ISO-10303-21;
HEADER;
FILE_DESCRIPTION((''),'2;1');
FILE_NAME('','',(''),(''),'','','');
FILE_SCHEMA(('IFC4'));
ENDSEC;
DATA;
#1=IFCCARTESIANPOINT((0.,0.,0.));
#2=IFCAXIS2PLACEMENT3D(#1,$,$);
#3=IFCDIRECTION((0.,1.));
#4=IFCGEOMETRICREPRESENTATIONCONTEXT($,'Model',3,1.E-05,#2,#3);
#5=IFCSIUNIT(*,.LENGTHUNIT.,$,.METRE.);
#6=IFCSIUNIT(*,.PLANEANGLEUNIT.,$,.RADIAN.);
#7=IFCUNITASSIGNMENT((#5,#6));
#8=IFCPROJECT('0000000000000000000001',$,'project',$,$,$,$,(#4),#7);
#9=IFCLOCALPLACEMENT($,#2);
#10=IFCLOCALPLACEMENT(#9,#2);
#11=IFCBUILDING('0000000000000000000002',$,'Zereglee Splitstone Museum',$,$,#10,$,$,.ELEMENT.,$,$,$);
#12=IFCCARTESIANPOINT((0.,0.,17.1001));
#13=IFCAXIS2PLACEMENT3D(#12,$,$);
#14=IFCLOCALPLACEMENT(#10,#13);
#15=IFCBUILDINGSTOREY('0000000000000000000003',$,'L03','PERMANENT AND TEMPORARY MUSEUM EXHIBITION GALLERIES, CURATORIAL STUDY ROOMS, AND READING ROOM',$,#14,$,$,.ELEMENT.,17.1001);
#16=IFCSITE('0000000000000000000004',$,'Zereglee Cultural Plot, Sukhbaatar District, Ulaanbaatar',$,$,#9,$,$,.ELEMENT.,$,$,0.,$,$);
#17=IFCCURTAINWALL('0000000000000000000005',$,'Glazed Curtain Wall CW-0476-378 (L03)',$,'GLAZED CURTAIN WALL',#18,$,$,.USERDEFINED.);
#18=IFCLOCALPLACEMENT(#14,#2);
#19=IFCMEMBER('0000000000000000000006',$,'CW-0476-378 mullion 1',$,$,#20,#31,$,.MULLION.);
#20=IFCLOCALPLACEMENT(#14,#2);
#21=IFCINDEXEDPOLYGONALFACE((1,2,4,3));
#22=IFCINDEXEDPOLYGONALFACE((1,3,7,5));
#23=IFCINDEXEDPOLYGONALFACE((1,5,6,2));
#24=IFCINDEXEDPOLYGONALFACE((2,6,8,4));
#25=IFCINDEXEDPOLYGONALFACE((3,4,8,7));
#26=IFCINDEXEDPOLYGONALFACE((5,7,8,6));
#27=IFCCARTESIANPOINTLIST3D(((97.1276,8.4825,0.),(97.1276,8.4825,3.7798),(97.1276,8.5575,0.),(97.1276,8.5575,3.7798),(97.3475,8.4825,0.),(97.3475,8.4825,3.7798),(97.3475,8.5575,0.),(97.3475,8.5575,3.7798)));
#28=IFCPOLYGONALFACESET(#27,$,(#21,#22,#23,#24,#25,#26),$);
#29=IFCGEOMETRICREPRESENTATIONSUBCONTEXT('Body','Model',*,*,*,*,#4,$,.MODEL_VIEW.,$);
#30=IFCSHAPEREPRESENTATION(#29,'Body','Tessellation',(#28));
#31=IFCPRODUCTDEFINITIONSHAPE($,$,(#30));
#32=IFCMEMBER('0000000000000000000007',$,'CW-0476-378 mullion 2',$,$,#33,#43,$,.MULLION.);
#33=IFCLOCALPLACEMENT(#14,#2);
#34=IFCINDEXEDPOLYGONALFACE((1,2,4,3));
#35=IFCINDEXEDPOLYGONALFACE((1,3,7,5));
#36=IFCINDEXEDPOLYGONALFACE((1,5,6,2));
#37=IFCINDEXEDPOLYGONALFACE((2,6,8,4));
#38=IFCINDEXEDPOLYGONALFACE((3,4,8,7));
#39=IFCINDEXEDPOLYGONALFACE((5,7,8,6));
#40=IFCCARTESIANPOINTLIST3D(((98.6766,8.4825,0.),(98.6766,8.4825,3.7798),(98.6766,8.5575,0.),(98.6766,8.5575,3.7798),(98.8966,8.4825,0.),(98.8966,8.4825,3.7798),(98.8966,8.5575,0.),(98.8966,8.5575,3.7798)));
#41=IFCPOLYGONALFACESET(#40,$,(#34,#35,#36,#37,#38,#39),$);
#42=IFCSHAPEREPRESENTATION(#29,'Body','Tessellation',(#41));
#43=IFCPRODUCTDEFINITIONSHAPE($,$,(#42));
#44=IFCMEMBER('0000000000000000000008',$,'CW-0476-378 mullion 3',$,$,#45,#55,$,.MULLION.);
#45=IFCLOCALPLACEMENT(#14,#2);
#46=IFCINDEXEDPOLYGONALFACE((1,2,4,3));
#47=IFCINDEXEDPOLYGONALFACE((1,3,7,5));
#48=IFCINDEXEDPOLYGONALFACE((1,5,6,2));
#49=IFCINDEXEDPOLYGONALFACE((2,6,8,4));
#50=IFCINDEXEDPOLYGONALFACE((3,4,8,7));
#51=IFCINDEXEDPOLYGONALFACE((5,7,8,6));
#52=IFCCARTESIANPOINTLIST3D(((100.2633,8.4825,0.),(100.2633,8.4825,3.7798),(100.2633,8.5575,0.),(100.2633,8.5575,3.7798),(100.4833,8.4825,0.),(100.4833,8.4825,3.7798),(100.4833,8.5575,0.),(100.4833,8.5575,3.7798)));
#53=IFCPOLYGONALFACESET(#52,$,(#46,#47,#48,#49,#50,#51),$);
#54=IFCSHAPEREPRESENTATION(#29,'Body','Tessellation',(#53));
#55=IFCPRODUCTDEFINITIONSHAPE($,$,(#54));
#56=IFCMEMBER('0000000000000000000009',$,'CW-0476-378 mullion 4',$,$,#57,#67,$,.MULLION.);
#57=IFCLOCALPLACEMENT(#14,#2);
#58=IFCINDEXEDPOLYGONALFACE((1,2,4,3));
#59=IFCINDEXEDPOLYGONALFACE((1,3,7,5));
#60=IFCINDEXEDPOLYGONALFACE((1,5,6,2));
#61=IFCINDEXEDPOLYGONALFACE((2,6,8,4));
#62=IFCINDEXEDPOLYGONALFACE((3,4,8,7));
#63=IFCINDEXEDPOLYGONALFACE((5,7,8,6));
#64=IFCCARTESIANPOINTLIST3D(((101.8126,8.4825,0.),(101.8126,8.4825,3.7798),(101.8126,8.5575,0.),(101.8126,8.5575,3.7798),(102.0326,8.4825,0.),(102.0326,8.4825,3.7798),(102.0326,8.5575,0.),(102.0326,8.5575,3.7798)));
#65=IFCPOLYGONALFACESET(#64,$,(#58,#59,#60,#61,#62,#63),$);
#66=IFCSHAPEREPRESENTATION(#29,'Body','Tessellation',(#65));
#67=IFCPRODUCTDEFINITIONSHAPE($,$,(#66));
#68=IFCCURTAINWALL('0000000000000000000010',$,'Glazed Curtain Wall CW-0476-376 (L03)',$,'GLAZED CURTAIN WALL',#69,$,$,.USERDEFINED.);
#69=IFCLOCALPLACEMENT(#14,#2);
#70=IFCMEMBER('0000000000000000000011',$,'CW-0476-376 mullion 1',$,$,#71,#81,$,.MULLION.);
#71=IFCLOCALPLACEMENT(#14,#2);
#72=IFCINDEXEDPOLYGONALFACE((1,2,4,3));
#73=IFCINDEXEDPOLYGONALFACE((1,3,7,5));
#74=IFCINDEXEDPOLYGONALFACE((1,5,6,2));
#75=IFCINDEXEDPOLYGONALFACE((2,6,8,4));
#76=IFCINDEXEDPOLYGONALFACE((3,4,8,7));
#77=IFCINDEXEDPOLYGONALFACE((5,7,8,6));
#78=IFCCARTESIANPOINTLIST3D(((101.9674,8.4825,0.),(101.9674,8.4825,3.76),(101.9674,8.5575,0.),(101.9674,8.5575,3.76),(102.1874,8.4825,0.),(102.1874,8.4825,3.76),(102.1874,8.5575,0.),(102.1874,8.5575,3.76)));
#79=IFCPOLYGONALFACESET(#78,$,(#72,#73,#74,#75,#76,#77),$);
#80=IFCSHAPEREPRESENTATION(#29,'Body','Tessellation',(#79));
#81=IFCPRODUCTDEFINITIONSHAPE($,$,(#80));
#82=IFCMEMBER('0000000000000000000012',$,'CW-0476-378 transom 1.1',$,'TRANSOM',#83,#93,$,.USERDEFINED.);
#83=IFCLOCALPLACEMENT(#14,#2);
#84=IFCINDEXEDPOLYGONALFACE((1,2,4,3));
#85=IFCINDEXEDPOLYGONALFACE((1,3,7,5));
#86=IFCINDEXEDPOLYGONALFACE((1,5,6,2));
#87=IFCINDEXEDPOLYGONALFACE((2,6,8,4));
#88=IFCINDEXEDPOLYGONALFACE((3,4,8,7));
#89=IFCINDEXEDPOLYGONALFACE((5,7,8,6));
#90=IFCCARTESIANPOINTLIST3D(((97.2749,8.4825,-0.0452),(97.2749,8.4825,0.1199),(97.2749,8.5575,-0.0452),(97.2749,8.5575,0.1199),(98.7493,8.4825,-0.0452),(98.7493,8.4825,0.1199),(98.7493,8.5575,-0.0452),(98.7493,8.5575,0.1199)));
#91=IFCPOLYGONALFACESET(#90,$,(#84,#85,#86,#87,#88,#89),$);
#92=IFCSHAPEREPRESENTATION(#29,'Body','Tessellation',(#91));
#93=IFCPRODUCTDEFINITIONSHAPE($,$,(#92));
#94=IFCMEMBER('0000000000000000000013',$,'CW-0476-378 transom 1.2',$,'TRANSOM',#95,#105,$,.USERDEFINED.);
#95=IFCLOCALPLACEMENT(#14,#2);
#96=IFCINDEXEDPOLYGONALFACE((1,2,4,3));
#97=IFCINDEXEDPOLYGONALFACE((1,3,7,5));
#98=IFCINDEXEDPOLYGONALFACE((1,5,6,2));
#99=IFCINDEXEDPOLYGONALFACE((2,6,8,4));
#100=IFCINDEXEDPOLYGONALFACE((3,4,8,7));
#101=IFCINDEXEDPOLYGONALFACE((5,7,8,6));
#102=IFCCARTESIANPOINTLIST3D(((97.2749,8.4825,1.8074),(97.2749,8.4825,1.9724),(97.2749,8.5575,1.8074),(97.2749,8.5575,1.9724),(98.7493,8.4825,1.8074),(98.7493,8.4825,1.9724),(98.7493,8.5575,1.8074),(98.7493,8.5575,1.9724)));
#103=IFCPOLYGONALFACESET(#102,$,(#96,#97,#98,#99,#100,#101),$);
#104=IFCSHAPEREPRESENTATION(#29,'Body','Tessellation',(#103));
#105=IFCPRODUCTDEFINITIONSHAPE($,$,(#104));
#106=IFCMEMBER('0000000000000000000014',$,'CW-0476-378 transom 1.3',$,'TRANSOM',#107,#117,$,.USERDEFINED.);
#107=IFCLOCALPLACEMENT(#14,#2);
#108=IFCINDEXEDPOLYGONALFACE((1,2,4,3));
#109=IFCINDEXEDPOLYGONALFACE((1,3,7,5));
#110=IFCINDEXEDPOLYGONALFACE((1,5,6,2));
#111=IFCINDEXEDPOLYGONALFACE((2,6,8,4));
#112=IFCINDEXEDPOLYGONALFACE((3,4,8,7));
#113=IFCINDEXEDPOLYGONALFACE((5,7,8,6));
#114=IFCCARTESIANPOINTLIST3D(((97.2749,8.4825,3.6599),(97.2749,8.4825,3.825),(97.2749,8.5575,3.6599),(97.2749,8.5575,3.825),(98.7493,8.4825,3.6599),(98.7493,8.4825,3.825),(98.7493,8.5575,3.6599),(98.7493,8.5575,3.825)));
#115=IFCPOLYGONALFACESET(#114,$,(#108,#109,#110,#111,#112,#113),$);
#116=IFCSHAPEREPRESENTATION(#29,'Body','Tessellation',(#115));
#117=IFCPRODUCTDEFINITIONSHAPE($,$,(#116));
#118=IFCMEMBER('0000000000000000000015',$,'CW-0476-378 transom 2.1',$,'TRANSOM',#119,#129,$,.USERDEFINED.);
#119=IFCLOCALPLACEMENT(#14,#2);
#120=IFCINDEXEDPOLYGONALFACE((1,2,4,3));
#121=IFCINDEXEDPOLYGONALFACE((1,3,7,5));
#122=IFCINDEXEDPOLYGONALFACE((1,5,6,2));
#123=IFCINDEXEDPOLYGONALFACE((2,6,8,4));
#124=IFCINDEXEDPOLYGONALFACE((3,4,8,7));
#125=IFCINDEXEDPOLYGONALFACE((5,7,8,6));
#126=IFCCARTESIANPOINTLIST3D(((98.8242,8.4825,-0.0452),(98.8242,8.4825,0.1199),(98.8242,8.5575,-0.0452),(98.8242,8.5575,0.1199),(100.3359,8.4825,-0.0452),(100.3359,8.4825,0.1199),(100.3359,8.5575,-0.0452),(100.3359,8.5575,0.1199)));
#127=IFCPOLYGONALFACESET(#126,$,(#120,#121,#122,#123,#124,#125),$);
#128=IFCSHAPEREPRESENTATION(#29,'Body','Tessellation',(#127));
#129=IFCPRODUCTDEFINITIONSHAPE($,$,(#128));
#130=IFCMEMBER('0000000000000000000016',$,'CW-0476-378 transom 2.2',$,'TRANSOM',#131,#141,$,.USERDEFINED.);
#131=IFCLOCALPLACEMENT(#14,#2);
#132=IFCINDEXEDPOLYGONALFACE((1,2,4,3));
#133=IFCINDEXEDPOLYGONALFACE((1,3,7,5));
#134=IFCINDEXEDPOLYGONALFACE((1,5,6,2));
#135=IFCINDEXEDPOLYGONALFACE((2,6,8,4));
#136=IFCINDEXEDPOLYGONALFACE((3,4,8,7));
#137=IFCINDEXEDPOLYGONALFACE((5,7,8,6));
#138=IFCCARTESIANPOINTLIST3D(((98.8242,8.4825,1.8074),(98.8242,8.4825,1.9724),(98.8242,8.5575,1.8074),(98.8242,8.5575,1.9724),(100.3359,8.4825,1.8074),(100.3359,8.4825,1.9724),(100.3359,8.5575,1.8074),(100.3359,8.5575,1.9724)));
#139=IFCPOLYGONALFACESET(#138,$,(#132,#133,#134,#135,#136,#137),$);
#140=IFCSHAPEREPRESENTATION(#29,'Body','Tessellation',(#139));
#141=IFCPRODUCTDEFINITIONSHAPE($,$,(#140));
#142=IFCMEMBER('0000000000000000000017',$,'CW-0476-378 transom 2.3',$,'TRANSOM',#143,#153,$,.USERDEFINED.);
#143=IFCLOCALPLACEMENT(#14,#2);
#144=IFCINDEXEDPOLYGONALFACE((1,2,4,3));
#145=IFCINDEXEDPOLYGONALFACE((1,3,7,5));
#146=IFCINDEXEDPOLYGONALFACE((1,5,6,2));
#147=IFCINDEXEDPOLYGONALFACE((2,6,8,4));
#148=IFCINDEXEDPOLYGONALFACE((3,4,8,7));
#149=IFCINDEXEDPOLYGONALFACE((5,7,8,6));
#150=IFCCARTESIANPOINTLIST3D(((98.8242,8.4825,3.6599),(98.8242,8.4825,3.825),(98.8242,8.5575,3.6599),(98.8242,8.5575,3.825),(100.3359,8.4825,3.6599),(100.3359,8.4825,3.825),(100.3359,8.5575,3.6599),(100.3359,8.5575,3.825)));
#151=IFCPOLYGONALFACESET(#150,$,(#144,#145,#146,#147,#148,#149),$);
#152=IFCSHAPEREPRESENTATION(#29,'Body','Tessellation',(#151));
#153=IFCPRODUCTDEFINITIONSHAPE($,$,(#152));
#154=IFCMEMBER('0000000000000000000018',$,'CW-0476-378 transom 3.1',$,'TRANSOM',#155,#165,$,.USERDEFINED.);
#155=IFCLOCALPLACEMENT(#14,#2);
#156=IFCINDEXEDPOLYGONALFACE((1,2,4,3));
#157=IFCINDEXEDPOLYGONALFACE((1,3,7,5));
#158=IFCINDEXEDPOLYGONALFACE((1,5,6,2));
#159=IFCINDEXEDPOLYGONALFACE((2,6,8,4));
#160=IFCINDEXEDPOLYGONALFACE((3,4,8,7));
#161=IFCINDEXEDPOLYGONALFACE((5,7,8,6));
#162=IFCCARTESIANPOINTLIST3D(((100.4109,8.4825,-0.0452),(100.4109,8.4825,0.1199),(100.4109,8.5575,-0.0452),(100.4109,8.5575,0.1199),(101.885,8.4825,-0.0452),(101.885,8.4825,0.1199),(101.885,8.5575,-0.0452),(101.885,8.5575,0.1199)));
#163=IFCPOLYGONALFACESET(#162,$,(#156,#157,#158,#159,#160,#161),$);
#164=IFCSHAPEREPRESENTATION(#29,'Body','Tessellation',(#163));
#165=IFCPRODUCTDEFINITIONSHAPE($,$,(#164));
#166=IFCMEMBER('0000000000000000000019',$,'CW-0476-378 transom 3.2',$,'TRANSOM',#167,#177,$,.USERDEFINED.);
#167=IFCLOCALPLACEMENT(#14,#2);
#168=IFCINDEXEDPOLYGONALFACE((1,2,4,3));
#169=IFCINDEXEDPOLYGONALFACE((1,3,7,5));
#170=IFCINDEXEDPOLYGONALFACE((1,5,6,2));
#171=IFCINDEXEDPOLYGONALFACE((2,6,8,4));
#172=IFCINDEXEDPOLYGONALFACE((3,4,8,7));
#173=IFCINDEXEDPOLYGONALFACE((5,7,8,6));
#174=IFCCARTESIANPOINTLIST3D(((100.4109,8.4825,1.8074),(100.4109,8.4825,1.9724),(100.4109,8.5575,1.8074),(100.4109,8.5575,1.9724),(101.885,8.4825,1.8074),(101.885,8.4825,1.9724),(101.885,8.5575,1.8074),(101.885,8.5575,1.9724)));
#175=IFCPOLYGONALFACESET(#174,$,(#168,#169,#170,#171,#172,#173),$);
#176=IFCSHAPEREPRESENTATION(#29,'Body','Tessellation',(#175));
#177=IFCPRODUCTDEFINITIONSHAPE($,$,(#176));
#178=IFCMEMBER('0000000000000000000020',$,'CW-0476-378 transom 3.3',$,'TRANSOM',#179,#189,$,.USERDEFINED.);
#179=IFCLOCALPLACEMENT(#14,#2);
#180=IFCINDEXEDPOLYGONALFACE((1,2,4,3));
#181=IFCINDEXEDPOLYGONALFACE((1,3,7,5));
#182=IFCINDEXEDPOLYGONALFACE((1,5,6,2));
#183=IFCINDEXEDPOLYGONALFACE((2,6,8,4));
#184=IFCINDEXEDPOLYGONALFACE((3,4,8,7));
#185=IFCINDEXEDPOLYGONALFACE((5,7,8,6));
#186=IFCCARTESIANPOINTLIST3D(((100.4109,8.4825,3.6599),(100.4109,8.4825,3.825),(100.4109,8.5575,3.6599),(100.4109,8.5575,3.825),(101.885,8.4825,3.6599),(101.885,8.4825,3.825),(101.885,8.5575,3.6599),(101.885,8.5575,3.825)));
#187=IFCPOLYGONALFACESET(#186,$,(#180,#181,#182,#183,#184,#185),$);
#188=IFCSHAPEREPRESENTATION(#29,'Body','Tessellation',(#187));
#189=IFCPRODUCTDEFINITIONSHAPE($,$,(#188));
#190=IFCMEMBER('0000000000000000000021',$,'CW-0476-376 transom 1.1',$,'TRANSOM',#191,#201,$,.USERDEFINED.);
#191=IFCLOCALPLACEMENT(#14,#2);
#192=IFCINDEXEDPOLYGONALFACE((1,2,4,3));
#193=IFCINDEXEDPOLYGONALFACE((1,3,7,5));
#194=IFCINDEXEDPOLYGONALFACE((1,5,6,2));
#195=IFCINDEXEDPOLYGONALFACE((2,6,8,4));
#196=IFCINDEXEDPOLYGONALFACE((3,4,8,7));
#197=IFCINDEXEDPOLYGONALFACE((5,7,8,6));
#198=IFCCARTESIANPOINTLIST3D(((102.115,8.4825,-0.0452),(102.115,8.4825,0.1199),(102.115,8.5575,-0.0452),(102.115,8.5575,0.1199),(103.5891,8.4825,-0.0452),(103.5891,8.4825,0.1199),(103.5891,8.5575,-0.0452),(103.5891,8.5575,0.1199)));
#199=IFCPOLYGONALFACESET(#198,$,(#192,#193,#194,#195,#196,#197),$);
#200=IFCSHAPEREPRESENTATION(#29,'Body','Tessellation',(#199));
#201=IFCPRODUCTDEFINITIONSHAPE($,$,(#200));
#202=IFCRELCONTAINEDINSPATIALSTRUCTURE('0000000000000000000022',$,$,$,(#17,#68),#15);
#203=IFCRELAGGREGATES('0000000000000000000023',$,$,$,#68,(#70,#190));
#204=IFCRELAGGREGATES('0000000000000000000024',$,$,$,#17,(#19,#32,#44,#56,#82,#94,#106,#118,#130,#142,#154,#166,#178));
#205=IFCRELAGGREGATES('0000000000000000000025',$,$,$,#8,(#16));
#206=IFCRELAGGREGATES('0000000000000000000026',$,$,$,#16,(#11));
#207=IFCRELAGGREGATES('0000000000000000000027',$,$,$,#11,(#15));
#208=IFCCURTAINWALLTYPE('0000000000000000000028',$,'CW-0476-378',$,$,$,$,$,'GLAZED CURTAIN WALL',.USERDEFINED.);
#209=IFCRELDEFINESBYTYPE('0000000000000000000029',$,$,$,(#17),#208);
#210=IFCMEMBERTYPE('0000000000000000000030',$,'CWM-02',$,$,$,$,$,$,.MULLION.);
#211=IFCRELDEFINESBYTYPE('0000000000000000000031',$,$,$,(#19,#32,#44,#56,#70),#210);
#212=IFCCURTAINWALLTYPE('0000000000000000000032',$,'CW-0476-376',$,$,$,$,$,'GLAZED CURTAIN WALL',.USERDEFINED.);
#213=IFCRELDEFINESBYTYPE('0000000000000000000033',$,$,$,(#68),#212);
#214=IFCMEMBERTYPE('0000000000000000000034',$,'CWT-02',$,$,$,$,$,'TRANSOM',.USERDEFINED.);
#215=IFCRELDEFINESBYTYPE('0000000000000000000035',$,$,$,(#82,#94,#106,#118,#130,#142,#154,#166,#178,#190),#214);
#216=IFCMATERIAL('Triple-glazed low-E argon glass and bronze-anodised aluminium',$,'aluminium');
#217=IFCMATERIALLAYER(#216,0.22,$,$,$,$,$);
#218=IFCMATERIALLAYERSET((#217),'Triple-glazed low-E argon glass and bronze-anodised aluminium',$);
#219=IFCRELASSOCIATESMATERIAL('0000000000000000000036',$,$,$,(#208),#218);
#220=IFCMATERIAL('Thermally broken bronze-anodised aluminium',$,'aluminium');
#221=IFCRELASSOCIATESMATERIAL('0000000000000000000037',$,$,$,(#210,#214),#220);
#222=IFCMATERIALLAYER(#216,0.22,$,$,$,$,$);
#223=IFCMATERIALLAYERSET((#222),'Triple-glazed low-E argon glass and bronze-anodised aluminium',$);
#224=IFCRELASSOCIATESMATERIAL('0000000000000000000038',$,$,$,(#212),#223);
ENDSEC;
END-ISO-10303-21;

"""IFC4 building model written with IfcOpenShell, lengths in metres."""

from ifc_helpers import new_model, si_unit, direction, frame, origin, origin_2d, place, context, subcontext, project, spatial, rectangle, extrude, material, layer, layer_set, material_profile, profile_set, type_object, element, aggregate, save


model = new_model("IFC4")

# Units and contexts
model_context = context("Model", 3, precision=1e-05, world=origin(), true_north=direction((0.0, 1.0)))
body_context = subcontext(model_context, "Body", "Model", "MODEL_VIEW")
ifc_project = project(units=[si_unit("LENGTHUNIT", "METRE"), si_unit("PLANEANGLEUNIT", "RADIAN")], contexts=[model_context])

# Site, building, storey
site_placement = place(None, origin())
site = spatial("IfcSite", under=ifc_project, at=site_placement, Name="Zereglee Cultural Plot, Sukhbaatar District, Ulaanbaatar", CompositionType="ELEMENT", RefElevation=0.0)
building_placement = place(site_placement, origin())
building = spatial("IfcBuilding", under=site, at=building_placement, Name="Zereglee Splitstone Museum", CompositionType="ELEMENT")
storey_placement = place(building_placement, frame((0.0, 0.0, 17.1001)))
storey = spatial("IfcBuildingStorey", under=building, at=storey_placement, Name="L03", Description="PERMANENT AND TEMPORARY MUSEUM EXHIBITION GALLERIES, CURATORIAL STUDY ROOMS, AND READING ROOM", CompositionType="ELEMENT", Elevation=17.1001)

# Curtain wall, members
ifc_material_1 = material(Name="Triple-glazed low-E argon glass and bronze-anodised aluminium", Category="aluminium")
ifc_layer_1 = layer(ifc_material_1, 0.22)
ifc_layer_set_1 = layer_set([ifc_layer_1], Name="Triple-glazed low-E argon glass and bronze-anodised aluminium")
curtain_wall_type_1 = type_object("IfcCurtainWallType", Name="CW-0476-378", ElementType="GLAZED CURTAIN WALL", PredefinedType="USERDEFINED", material=ifc_layer_set_1)
curtain_wall_1_placement = place(storey_placement, origin())
curtain_wall_1 = element("IfcCurtainWall", 1, at=curtain_wall_1_placement, inside=storey, type_object=curtain_wall_type_1, Name="Glazed Curtain Wall CW-0476-378 (L03)", ObjectType="GLAZED CURTAIN WALL", PredefinedType="USERDEFINED")
ifc_material_2 = material(Name="Thermally broken bronze-anodised aluminium", Category="aluminium")
ifc_material_profile_1 = material_profile(ifc_material_2, rectangle(XDim=0.075, YDim=0.22, at=origin_2d()), Name="CW MULL 75x220")
ifc_profile_set_1 = profile_set([ifc_material_profile_1], Name="Thermally broken bronze-anodised aluminium")
member_type_1 = type_object("IfcMemberType", Name="CWM-02", PredefinedType="MULLION", material=ifc_profile_set_1)
member_1_placement = place(storey_placement, frame((97.2375, 8.52, 0.0), z_axis=(0.0, 0.0, 1.0), x_axis=(0.0, 1.0, 0.0)))
member_1 = element("IfcMember", 2, at=member_1_placement, type_object=member_type_1, Name="CW-0476-378 mullion 1", PredefinedType="MULLION", context=body_context, shape_type="SweptSolid", body=[
    extrude(rectangle(XDim=0.075, YDim=0.22, at=origin_2d()), origin(), (0.0, 0.0, 1.0), 3.7798),
])
member_2_placement = place(storey_placement, frame((98.7866, 8.52, 0.0), z_axis=(0.0, 0.0, 1.0), x_axis=(0.0, 1.0, 0.0)))
member_2 = element("IfcMember", 3, at=member_2_placement, type_object=member_type_1, Name="CW-0476-378 mullion 2", PredefinedType="MULLION", context=body_context, shape_type="SweptSolid", body=[
    extrude(rectangle(XDim=0.075, YDim=0.22, at=origin_2d()), origin(), (0.0, 0.0, 1.0), 3.7798),
])
member_3_placement = place(storey_placement, frame((100.3733, 8.52, 0.0), z_axis=(0.0, 0.0, 1.0), x_axis=(0.0, 1.0, 0.0)))
member_3 = element("IfcMember", 4, at=member_3_placement, type_object=member_type_1, Name="CW-0476-378 mullion 3", PredefinedType="MULLION", context=body_context, shape_type="SweptSolid", body=[
    extrude(rectangle(XDim=0.075, YDim=0.22, at=origin_2d()), origin(), (0.0, 0.0, 1.0), 3.7798),
])
member_4_placement = place(storey_placement, frame((101.9226, 8.52, 0.0), z_axis=(0.0, 0.0, 1.0), x_axis=(0.0, 1.0, 0.0)))
member_4 = element("IfcMember", 5, at=member_4_placement, type_object=member_type_1, Name="CW-0476-378 mullion 4", PredefinedType="MULLION", context=body_context, shape_type="SweptSolid", body=[
    extrude(rectangle(XDim=0.075, YDim=0.22, at=origin_2d()), origin(), (0.0, 0.0, 1.0), 3.7798),
])

# Curtain wall, member
ifc_layer_2 = layer(ifc_material_1, 0.22)
ifc_layer_set_2 = layer_set([ifc_layer_2], Name="Triple-glazed low-E argon glass and bronze-anodised aluminium")
curtain_wall_type_2 = type_object("IfcCurtainWallType", Name="CW-0476-376", ElementType="GLAZED CURTAIN WALL", PredefinedType="USERDEFINED", material=ifc_layer_set_2)
curtain_wall_2_placement = place(storey_placement, origin())
curtain_wall_2 = element("IfcCurtainWall", 6, at=curtain_wall_2_placement, inside=storey, type_object=curtain_wall_type_2, Name="Glazed Curtain Wall CW-0476-376 (L03)", ObjectType="GLAZED CURTAIN WALL", PredefinedType="USERDEFINED")
member_5_placement = place(storey_placement, frame((102.0774, 8.52, 0.0), z_axis=(0.0, 0.0, 1.0), x_axis=(0.0, 1.0, 0.0)))
member_5 = element("IfcMember", 7, at=member_5_placement, type_object=member_type_1, Name="CW-0476-376 mullion 1", PredefinedType="MULLION", context=body_context, shape_type="SweptSolid", body=[
    extrude(rectangle(XDim=0.075, YDim=0.22, at=origin_2d()), origin(), (0.0, 0.0, 1.0), 3.76),
])

# Members
ifc_material_profile_2 = material_profile(ifc_material_2, rectangle(XDim=0.075, YDim=0.165, at=origin_2d()), Name="CW TRAN 75x165")
ifc_profile_set_2 = profile_set([ifc_material_profile_2], Name="Thermally broken bronze-anodised aluminium")
member_type_2 = type_object("IfcMemberType", Name="CWT-02", ElementType="TRANSOM", PredefinedType="USERDEFINED", material=ifc_profile_set_2)
member_6_placement = place(storey_placement, frame((97.2749, 8.52, 0.0374), z_axis=(1.0, 0.0, 0.0), x_axis=(0.0, 1.0, 0.0)))
member_6 = element("IfcMember", 8, at=member_6_placement, type_object=member_type_2, Name="CW-0476-378 transom 1.1", ObjectType="TRANSOM", PredefinedType="USERDEFINED", context=body_context, shape_type="SweptSolid", body=[
    extrude(rectangle(XDim=0.075, YDim=0.165, at=origin_2d()), origin(), (0.0, 0.0, 1.0), 1.4744),
])
member_7_placement = place(storey_placement, frame((97.2749, 8.52, 1.8899), z_axis=(1.0, 0.0, 0.0), x_axis=(0.0, 1.0, 0.0)))
member_7 = element("IfcMember", 9, at=member_7_placement, type_object=member_type_2, Name="CW-0476-378 transom 1.2", ObjectType="TRANSOM", PredefinedType="USERDEFINED", context=body_context, shape_type="SweptSolid", body=[
    extrude(rectangle(XDim=0.075, YDim=0.165, at=origin_2d()), origin(), (0.0, 0.0, 1.0), 1.4744),
])
member_8_placement = place(storey_placement, frame((97.2749, 8.52, 3.7424), z_axis=(1.0, 0.0, 0.0), x_axis=(0.0, 1.0, 0.0)))
member_8 = element("IfcMember", 10, at=member_8_placement, type_object=member_type_2, Name="CW-0476-378 transom 1.3", ObjectType="TRANSOM", PredefinedType="USERDEFINED", context=body_context, shape_type="SweptSolid", body=[
    extrude(rectangle(XDim=0.075, YDim=0.165, at=origin_2d()), origin(), (0.0, 0.0, 1.0), 1.4744),
])
member_9_placement = place(storey_placement, frame((98.8242, 8.52, 0.0374), z_axis=(1.0, 0.0, 0.0), x_axis=(0.0, 1.0, 0.0)))
member_9 = element("IfcMember", 11, at=member_9_placement, type_object=member_type_2, Name="CW-0476-378 transom 2.1", ObjectType="TRANSOM", PredefinedType="USERDEFINED", context=body_context, shape_type="SweptSolid", body=[
    extrude(rectangle(XDim=0.075, YDim=0.165, at=origin_2d()), origin(), (0.0, 0.0, 1.0), 1.5117),
])
member_10_placement = place(storey_placement, frame((98.8242, 8.52, 1.8899), z_axis=(1.0, 0.0, 0.0), x_axis=(0.0, 1.0, 0.0)))
member_10 = element("IfcMember", 12, at=member_10_placement, type_object=member_type_2, Name="CW-0476-378 transom 2.2", ObjectType="TRANSOM", PredefinedType="USERDEFINED", context=body_context, shape_type="SweptSolid", body=[
    extrude(rectangle(XDim=0.075, YDim=0.165, at=origin_2d()), origin(), (0.0, 0.0, 1.0), 1.5117),
])
member_11_placement = place(storey_placement, frame((98.8242, 8.52, 3.7424), z_axis=(1.0, 0.0, 0.0), x_axis=(0.0, 1.0, 0.0)))
member_11 = element("IfcMember", 13, at=member_11_placement, type_object=member_type_2, Name="CW-0476-378 transom 2.3", ObjectType="TRANSOM", PredefinedType="USERDEFINED", context=body_context, shape_type="SweptSolid", body=[
    extrude(rectangle(XDim=0.075, YDim=0.165, at=origin_2d()), origin(), (0.0, 0.0, 1.0), 1.5117),
])
member_12_placement = place(storey_placement, frame((100.4109, 8.52, 0.0374), z_axis=(1.0, 0.0, 0.0), x_axis=(0.0, 1.0, 0.0)))
member_12 = element("IfcMember", 14, at=member_12_placement, type_object=member_type_2, Name="CW-0476-378 transom 3.1", ObjectType="TRANSOM", PredefinedType="USERDEFINED", context=body_context, shape_type="SweptSolid", body=[
    extrude(rectangle(XDim=0.075, YDim=0.165, at=origin_2d()), origin(), (0.0, 0.0, 1.0), 1.4741),
])
member_13_placement = place(storey_placement, frame((100.4109, 8.52, 1.8899), z_axis=(1.0, 0.0, 0.0), x_axis=(0.0, 1.0, 0.0)))
member_13 = element("IfcMember", 15, at=member_13_placement, type_object=member_type_2, Name="CW-0476-378 transom 3.2", ObjectType="TRANSOM", PredefinedType="USERDEFINED", context=body_context, shape_type="SweptSolid", body=[
    extrude(rectangle(XDim=0.075, YDim=0.165, at=origin_2d()), origin(), (0.0, 0.0, 1.0), 1.4741),
])
member_14_placement = place(storey_placement, frame((100.4109, 8.52, 3.7424), z_axis=(1.0, 0.0, 0.0), x_axis=(0.0, 1.0, 0.0)))
member_14 = element("IfcMember", 16, at=member_14_placement, type_object=member_type_2, Name="CW-0476-378 transom 3.3", ObjectType="TRANSOM", PredefinedType="USERDEFINED", context=body_context, shape_type="SweptSolid", body=[
    extrude(rectangle(XDim=0.075, YDim=0.165, at=origin_2d()), origin(), (0.0, 0.0, 1.0), 1.4741),
])
member_15_placement = place(storey_placement, frame((102.115, 8.52, 0.0374), z_axis=(1.0, 0.0, 0.0), x_axis=(0.0, 1.0, 0.0)))
member_15 = element("IfcMember", 17, at=member_15_placement, type_object=member_type_2, Name="CW-0476-376 transom 1.1", ObjectType="TRANSOM", PredefinedType="USERDEFINED", context=body_context, shape_type="SweptSolid", body=[
    extrude(rectangle(XDim=0.075, YDim=0.165, at=origin_2d()), origin(), (0.0, 0.0, 1.0), 1.4741),
])
aggregate(curtain_wall_2, [member_5, member_15])

aggregate(curtain_wall_1, [member_1, member_2, member_3, member_4, member_6, member_7, member_8, member_9, member_10, member_11, member_12, member_13, member_14])

save(model, "model.ifc")
